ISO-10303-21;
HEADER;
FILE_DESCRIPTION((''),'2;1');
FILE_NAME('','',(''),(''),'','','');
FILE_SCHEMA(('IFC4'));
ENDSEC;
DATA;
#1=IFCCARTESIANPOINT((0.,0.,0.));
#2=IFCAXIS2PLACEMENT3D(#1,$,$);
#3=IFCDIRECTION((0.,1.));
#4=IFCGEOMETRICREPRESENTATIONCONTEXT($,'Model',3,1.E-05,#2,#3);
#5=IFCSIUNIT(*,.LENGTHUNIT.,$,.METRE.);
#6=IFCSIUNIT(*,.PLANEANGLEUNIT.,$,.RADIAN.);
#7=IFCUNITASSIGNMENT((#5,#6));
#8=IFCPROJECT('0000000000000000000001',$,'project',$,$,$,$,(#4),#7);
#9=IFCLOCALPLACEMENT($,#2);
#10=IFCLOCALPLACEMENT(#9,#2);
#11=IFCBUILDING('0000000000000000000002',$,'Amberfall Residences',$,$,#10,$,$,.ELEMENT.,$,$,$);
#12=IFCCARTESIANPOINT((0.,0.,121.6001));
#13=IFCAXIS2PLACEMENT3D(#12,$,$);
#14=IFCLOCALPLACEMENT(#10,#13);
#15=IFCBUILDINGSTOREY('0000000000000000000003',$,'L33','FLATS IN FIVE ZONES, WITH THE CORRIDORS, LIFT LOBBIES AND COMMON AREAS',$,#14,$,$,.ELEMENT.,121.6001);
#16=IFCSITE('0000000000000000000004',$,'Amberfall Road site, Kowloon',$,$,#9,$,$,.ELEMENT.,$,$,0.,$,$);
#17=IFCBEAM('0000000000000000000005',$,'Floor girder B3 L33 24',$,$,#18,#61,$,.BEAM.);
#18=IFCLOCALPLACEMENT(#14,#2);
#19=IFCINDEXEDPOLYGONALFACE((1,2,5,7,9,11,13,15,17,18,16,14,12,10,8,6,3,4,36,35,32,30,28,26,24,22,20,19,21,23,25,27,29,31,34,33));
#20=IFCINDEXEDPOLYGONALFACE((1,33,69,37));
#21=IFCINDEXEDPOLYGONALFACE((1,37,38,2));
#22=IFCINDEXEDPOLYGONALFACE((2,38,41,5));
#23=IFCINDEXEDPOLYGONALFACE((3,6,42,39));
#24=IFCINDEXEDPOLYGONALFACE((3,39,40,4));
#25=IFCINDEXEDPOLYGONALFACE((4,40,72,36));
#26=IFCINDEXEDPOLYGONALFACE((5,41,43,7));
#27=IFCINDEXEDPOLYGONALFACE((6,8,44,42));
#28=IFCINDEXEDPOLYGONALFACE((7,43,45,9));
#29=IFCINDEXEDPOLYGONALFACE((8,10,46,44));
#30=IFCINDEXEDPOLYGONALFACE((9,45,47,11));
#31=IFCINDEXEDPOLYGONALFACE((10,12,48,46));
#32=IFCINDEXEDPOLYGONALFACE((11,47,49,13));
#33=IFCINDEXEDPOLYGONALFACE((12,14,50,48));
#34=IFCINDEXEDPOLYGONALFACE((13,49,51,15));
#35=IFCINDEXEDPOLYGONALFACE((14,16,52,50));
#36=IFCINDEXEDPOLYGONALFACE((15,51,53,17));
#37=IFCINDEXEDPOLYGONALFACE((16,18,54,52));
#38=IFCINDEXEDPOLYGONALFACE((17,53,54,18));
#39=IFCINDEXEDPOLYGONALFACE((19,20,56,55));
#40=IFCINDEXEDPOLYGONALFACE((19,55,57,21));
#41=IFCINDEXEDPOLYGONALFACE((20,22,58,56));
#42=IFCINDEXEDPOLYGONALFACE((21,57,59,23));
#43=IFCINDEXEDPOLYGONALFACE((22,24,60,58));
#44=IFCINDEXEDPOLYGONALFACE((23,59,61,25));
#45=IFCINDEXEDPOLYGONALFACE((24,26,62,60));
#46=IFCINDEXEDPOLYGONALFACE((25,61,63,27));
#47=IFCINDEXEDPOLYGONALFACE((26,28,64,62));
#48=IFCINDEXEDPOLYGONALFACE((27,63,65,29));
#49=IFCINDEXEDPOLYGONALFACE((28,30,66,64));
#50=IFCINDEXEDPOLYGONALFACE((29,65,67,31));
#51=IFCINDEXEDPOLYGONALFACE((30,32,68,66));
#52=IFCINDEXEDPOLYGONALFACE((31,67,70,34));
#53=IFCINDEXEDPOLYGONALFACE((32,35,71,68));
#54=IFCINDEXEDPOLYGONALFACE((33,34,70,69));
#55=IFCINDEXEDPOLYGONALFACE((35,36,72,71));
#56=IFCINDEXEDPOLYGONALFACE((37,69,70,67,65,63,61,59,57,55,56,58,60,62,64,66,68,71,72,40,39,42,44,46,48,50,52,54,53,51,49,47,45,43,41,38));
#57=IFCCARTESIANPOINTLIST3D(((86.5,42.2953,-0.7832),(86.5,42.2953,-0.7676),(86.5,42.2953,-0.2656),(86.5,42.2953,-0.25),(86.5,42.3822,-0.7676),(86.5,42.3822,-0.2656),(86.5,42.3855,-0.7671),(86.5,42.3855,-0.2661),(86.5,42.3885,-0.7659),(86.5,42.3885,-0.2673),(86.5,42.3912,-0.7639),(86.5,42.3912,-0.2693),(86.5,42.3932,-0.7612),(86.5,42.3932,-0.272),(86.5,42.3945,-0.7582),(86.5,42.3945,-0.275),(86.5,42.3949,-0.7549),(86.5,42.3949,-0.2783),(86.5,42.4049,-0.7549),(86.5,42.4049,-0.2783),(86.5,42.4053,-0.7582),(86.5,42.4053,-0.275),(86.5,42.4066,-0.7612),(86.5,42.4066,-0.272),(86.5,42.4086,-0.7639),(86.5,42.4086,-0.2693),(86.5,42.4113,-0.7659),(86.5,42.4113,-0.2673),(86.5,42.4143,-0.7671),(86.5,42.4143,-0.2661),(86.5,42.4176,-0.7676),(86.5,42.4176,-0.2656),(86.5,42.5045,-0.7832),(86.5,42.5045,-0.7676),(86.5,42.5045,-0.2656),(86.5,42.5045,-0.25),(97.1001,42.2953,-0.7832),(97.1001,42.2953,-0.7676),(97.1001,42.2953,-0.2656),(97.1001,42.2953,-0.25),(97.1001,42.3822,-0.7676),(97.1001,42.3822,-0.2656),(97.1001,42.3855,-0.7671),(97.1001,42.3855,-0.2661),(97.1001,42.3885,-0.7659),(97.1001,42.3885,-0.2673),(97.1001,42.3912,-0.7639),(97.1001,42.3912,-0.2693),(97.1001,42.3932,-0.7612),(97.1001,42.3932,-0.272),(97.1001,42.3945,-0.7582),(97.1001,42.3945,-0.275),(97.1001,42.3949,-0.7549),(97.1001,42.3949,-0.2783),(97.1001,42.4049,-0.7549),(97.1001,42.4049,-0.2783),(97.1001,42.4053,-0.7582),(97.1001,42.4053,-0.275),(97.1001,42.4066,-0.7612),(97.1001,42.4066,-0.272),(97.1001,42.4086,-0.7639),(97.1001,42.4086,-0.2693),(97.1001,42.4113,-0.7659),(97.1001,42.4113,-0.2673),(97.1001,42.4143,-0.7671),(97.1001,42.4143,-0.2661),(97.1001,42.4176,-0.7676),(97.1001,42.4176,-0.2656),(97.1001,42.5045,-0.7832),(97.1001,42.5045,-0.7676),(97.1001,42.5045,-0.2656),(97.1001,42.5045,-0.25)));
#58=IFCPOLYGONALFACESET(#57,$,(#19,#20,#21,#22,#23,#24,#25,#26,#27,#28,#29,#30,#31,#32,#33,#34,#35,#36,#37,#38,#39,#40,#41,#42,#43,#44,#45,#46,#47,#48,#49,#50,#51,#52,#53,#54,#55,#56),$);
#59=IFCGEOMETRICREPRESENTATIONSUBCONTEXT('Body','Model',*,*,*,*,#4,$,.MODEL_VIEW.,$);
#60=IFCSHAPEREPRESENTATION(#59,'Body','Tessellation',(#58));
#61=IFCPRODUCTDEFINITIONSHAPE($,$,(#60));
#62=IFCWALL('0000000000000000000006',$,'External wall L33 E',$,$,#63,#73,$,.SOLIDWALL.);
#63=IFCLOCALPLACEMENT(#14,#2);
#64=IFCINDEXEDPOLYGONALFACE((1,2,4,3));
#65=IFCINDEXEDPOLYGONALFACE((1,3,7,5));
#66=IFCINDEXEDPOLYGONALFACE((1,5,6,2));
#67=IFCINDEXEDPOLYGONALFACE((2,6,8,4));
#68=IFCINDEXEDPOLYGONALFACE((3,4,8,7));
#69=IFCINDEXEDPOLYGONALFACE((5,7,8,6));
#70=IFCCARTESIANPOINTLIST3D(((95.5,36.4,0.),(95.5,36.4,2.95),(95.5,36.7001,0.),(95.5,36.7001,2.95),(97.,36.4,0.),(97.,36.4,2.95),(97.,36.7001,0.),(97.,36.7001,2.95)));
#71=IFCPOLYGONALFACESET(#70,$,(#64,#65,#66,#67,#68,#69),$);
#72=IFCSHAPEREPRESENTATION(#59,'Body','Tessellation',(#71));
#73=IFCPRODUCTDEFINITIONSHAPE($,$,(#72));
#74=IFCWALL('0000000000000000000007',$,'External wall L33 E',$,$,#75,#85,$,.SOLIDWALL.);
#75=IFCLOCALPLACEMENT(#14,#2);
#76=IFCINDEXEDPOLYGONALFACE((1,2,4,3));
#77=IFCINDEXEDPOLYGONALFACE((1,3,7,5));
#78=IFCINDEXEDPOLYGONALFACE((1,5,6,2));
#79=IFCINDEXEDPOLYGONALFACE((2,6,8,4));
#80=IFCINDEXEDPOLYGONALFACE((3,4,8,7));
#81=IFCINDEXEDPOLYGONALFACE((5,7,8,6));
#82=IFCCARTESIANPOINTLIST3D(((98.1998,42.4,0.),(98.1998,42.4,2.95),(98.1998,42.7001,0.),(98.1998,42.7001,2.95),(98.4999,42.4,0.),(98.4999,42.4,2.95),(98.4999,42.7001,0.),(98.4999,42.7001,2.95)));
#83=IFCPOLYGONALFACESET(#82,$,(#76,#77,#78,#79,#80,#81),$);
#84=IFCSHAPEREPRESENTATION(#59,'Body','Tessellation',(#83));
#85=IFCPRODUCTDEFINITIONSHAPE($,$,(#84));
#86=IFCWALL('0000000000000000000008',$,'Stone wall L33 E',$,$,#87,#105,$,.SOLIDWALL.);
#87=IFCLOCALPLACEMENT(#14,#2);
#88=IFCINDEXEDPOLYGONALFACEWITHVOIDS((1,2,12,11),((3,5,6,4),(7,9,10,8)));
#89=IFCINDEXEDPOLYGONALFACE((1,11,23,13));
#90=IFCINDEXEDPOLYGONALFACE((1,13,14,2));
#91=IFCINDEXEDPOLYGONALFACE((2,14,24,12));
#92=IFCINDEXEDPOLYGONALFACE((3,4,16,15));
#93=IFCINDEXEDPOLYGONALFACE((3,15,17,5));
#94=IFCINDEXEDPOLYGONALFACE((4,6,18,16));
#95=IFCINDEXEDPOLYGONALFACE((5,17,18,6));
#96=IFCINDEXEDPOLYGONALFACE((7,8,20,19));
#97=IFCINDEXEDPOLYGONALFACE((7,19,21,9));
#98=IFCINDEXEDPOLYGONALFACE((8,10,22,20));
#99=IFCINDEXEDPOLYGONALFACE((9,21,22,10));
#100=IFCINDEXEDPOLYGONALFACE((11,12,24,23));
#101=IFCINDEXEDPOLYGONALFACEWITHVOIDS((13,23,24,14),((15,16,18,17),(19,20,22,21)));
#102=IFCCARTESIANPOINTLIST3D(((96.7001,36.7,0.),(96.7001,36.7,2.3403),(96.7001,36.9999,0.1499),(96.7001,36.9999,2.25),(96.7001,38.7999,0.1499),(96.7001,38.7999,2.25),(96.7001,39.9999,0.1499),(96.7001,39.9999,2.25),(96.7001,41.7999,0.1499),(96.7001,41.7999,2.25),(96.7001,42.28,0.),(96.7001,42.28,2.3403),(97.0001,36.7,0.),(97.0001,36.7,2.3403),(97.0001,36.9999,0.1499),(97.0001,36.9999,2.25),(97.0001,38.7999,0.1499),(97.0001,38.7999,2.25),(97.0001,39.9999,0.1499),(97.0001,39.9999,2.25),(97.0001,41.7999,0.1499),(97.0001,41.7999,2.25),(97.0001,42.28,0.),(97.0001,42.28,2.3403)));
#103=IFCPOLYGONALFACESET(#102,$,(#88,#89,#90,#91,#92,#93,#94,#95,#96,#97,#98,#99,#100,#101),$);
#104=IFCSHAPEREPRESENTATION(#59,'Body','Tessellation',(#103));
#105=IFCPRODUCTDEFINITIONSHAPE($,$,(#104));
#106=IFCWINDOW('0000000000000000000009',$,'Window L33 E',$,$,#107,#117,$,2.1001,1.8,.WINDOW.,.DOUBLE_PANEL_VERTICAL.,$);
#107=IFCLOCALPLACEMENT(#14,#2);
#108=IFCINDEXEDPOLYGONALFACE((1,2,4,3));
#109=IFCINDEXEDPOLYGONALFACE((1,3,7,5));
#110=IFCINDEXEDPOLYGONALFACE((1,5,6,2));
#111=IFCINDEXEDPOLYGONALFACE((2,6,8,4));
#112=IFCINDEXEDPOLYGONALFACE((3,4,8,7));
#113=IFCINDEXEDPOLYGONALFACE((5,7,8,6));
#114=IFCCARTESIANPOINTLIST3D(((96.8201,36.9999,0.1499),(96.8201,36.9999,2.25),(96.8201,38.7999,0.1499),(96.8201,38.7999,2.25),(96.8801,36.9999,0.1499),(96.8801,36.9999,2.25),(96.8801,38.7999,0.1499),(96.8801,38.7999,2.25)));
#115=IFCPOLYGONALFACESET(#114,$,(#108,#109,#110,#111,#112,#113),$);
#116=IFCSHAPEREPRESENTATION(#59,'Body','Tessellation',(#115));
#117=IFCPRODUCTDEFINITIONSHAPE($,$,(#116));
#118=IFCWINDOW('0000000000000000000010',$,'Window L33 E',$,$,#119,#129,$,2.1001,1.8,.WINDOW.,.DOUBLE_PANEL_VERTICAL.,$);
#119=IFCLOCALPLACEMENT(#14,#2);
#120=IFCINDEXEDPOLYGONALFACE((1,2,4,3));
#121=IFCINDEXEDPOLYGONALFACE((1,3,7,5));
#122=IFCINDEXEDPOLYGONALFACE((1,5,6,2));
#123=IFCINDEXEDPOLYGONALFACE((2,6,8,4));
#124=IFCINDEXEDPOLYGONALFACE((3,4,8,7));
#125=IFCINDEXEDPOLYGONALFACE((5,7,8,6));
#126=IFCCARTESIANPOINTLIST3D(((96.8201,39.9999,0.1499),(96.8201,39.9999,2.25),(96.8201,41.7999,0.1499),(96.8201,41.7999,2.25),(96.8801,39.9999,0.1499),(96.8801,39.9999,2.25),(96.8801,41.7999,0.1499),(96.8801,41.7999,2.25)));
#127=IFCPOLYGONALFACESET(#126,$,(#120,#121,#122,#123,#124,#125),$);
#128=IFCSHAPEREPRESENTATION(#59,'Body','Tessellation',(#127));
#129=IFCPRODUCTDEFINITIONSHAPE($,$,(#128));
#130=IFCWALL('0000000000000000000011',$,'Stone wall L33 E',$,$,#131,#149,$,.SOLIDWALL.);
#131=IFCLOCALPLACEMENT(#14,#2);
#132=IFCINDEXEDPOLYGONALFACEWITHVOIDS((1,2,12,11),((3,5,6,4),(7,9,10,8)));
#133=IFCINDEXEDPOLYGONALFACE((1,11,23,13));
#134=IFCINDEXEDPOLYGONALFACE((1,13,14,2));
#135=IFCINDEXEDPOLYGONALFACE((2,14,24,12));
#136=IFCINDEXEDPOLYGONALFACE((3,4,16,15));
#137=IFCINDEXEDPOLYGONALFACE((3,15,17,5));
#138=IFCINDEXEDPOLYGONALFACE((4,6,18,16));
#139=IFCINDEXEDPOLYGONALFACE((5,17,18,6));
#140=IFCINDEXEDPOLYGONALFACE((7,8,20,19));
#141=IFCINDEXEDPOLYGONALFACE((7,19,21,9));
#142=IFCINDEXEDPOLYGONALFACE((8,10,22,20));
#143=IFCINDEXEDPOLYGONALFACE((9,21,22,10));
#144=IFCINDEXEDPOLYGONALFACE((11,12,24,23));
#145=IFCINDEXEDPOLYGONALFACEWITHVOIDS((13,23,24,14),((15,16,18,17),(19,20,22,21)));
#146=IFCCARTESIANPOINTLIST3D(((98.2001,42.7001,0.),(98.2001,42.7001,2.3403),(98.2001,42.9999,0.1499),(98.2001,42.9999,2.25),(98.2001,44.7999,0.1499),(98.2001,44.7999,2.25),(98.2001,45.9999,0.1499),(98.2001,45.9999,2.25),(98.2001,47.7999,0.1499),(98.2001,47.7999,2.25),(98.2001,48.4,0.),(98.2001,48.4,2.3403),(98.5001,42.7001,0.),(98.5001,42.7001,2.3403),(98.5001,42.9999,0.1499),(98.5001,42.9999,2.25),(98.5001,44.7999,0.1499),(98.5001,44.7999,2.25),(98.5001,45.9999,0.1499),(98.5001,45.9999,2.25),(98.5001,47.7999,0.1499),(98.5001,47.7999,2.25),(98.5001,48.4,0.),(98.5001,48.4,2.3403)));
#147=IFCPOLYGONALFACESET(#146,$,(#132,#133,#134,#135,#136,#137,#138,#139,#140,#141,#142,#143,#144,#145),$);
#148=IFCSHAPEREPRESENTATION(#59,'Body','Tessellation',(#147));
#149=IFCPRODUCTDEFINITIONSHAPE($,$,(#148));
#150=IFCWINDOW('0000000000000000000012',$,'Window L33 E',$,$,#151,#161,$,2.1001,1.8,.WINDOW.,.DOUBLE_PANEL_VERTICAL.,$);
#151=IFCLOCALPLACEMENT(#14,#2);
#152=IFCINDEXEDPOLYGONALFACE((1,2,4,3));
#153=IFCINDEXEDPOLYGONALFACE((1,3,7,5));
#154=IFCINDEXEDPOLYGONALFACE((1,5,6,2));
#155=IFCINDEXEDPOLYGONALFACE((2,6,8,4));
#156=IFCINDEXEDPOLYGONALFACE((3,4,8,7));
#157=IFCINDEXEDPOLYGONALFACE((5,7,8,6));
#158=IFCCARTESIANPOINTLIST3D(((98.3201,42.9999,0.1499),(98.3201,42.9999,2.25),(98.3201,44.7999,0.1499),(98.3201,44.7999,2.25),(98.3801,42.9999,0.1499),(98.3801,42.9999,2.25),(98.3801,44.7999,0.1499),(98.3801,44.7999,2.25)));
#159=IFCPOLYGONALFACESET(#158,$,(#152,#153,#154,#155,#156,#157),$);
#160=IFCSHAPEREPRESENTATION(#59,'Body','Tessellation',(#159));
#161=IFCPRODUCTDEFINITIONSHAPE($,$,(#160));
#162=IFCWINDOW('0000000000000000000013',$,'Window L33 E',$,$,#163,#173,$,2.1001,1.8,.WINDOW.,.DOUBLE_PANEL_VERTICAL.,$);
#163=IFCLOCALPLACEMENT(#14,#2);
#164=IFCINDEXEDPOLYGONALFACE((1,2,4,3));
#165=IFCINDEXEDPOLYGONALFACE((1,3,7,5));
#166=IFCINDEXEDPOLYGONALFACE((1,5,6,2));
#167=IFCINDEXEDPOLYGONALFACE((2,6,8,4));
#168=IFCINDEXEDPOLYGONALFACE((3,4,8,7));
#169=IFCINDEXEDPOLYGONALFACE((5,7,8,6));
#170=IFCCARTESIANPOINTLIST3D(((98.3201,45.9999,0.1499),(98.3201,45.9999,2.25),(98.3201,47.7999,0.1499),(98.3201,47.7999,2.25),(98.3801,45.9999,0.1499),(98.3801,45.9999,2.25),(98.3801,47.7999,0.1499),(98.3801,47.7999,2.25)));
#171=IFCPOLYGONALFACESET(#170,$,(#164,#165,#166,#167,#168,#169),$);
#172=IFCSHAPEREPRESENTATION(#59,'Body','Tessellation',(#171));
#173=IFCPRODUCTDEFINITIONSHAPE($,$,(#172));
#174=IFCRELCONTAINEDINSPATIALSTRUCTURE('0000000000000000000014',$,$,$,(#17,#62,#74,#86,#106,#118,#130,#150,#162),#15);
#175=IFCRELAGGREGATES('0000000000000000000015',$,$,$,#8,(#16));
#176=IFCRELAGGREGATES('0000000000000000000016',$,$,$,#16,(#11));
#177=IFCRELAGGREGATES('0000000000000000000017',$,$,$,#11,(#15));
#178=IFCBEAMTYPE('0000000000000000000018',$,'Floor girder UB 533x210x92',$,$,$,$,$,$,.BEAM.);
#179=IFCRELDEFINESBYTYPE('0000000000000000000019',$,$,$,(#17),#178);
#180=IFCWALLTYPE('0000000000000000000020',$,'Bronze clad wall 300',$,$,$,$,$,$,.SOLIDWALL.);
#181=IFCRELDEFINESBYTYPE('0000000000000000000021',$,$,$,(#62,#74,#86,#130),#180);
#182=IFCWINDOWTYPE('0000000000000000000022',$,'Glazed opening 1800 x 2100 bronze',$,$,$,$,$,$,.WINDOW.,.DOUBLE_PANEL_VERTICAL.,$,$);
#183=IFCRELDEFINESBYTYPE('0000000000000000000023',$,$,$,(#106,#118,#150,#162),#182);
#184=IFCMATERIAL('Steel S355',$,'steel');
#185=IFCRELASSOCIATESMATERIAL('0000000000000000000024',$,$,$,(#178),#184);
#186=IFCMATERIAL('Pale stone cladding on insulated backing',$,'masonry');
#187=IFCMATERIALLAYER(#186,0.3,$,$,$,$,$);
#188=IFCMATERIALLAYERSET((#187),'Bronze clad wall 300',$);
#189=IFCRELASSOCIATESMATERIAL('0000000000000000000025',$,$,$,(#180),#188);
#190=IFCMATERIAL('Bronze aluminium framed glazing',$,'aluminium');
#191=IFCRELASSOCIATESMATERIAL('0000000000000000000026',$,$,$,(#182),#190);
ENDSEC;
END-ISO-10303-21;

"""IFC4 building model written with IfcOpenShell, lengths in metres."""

from ifc_helpers import new_model, si_unit, direction, frame, frame_2d, origin, origin_2d, place, context, subcontext, project, spatial, rectangle, i_section, extrude, material, layer, layer_set, material_profile, profile_set, type_object, element, fill, save


model = new_model("IFC4")

# Units and contexts
model_context = context("Model", 3, precision=1e-05, world=origin(), true_north=direction((0.0, 1.0)))
body_context = subcontext(model_context, "Body", "Model", "MODEL_VIEW")
ifc_project = project(units=[si_unit("LENGTHUNIT", "METRE"), si_unit("PLANEANGLEUNIT", "RADIAN")], contexts=[model_context])

# Site, building, storey
site_placement = place(None, origin())
site = spatial("IfcSite", under=ifc_project, at=site_placement, Name="Amberfall Road site, Kowloon", CompositionType="ELEMENT", RefElevation=0.0)
building_placement = place(site_placement, origin())
building = spatial("IfcBuilding", under=site, at=building_placement, Name="Amberfall Residences", CompositionType="ELEMENT")
storey_placement = place(building_placement, frame((0.0, 0.0, 121.6001)))
storey = spatial("IfcBuildingStorey", under=building, at=storey_placement, Name="L33", Description="FLATS IN FIVE ZONES, WITH THE CORRIDORS, LIFT LOBBIES AND COMMON AREAS", CompositionType="ELEMENT", Elevation=121.6001)

# Beam
ifc_material_1 = material(Name="Steel S355", Category="steel")
ifc_material_profile_1 = material_profile(ifc_material_1, i_section(OverallWidth=0.2092, OverallDepth=0.5332, WebThickness=0.01, FlangeThickness=0.0156, FilletRadius=0.0127, at=origin_2d()), Name="UB 533x210x92")
ifc_profile_set_1 = profile_set([ifc_material_profile_1], Name="Steel S355")
beam_type_1 = type_object("IfcBeamType", Name="Floor girder UB 533x210x92", PredefinedType="BEAM", material=ifc_profile_set_1)
beam_1_placement = place(storey_placement, frame((97.1001, 42.3999, -0.5166), z_axis=(-1.0, 0.0, 0.0), x_axis=(0.0, -1.0, 0.0)))
element("IfcBeam", 1, at=beam_1_placement, inside=storey, type_object=beam_type_1, Name="Floor girder B3 L33 24", PredefinedType="BEAM", context=body_context, shape_type="SweptSolid", body=[
    extrude(i_section(OverallWidth=0.2092, OverallDepth=0.5332, WebThickness=0.01, FlangeThickness=0.0156, FilletRadius=0.0127, at=origin_2d()), origin(), (0.0, 0.0, 1.0), 10.6001),
])

# Walls
ifc_material_2 = material(Name="Pale stone cladding on insulated backing", Category="masonry")
ifc_layer_1 = layer(ifc_material_2, 0.3)
ifc_layer_set_1 = layer_set([ifc_layer_1], Name="Bronze clad wall 300")
wall_type_1 = type_object("IfcWallType", Name="Bronze clad wall 300", PredefinedType="SOLIDWALL", material=ifc_layer_set_1)
wall_1_placement = place(storey_placement, frame((95.5, 36.55, 0.0), z_axis=(0.0, 0.0, 1.0), x_axis=(1.0, 0.0, 0.0)))
element("IfcWall", 2, at=wall_1_placement, inside=storey, type_object=wall_type_1, Name="External wall L33 E", PredefinedType="SOLIDWALL", context=body_context, shape_type="SweptSolid", body=[
    extrude(rectangle(XDim=1.5, YDim=0.3, at=frame_2d((0.75, 0.0))), origin(), (0.0, 0.0, 1.0), 2.95),
])
wall_2_placement = place(storey_placement, frame((98.2, 42.55, 0.0), z_axis=(0.0, 0.0, 1.0), x_axis=(1.0, 0.0, 0.0)))
element("IfcWall", 3, at=wall_2_placement, inside=storey, type_object=wall_type_1, Name="External wall L33 E", PredefinedType="SOLIDWALL", context=body_context, shape_type="SweptSolid", body=[
    extrude(rectangle(XDim=0.3, YDim=0.3, at=frame_2d((0.1499, 0.0))), origin(), (0.0, 0.0, 1.0), 2.95),
])

# Walls, openings, windows
wall_3_placement = place(storey_placement, frame((96.8501, 36.7, 0.0), z_axis=(0.0, 0.0, 1.0), x_axis=(0.0, 1.0, 0.0)))
wall_3 = element("IfcWall", 4, at=wall_3_placement, inside=storey, type_object=wall_type_1, Name="Stone wall L33 E", PredefinedType="SOLIDWALL", context=body_context, shape_type="SweptSolid", body=[
    extrude(rectangle(XDim=5.5801, YDim=0.3, at=frame_2d((2.79, 0.0))), origin(), (0.0, 0.0, 1.0), 2.3403),
])
opening_1_placement = place(wall_3_placement, frame((0.3, 0.0, 0.1499)))
opening_1 = element("IfcOpeningElement", 5, at=opening_1_placement, cuts=wall_3, PredefinedType="OPENING", context=body_context, shape_type="SweptSolid", body=[
    extrude(rectangle(XDim=1.8, YDim=2.1001, at=frame_2d((0.8999, 1.05))), frame((0.0, 0.1599, 0.0), z_axis=(0.0, -1.0, 0.0), x_axis=(1.0, 0.0, 0.0)), (0.0, 0.0, 1.0), 0.3201),
])
opening_2_placement = place(wall_3_placement, frame((3.3, 0.0, 0.1499)))
opening_2 = element("IfcOpeningElement", 6, at=opening_2_placement, cuts=wall_3, PredefinedType="OPENING", context=body_context, shape_type="SweptSolid", body=[
    extrude(rectangle(XDim=1.8, YDim=2.1001, at=frame_2d((0.8999, 1.05))), frame((0.0, 0.1599, 0.0), z_axis=(0.0, -1.0, 0.0), x_axis=(1.0, 0.0, 0.0)), (0.0, 0.0, 1.0), 0.3201),
])
ifc_material_3 = material(Name="Bronze aluminium framed glazing", Category="aluminium")
window_type = type_object("IfcWindowType", Name="Glazed opening 1800 x 2100 bronze", PartitioningType="DOUBLE_PANEL_VERTICAL", PredefinedType="WINDOW", material=ifc_material_3)
window_1_placement = place(opening_1_placement, origin())
window_1 = element("IfcWindow", 7, at=window_1_placement, inside=storey, type_object=window_type, Name="Window L33 E", OverallHeight=2.1001, OverallWidth=1.8, PartitioningType="DOUBLE_PANEL_VERTICAL", PredefinedType="WINDOW", context=body_context, shape_type="SweptSolid", body=[
    extrude(rectangle(XDim=1.8, YDim=2.1001, at=frame_2d((0.8999, 1.05))), frame((0.0, 0.03, 0.0), z_axis=(0.0, -1.0, 0.0), x_axis=(1.0, 0.0, 0.0)), (0.0, 0.0, 1.0), 0.0601),
])
fill(opening_1, window_1)
window_2_placement = place(opening_2_placement, origin())
window_2 = element("IfcWindow", 8, at=window_2_placement, inside=storey, type_object=window_type, Name="Window L33 E", OverallHeight=2.1001, OverallWidth=1.8, PartitioningType="DOUBLE_PANEL_VERTICAL", PredefinedType="WINDOW", context=body_context, shape_type="SweptSolid", body=[
    extrude(rectangle(XDim=1.8, YDim=2.1001, at=frame_2d((0.8999, 1.05))), frame((0.0, 0.03, 0.0), z_axis=(0.0, -1.0, 0.0), x_axis=(1.0, 0.0, 0.0)), (0.0, 0.0, 1.0), 0.0601),
])
fill(opening_2, window_2)
wall_4_placement = place(storey_placement, frame((98.3501, 42.7, 0.0), z_axis=(0.0, 0.0, 1.0), x_axis=(0.0, 1.0, 0.0)))
wall_4 = element("IfcWall", 9, at=wall_4_placement, inside=storey, type_object=wall_type_1, Name="Stone wall L33 E", PredefinedType="SOLIDWALL", context=body_context, shape_type="SweptSolid", body=[
    extrude(rectangle(XDim=5.7, YDim=0.3, at=frame_2d((2.8501, 0.0))), origin(), (0.0, 0.0, 1.0), 2.3403),
])
opening_3_placement = place(wall_4_placement, frame((0.3, 0.0, 0.1499)))
opening_3 = element("IfcOpeningElement", 10, at=opening_3_placement, cuts=wall_4, PredefinedType="OPENING", context=body_context, shape_type="SweptSolid", body=[
    extrude(rectangle(XDim=1.8, YDim=2.1001, at=frame_2d((0.8999, 1.05))), frame((0.0, 0.1599, 0.0), z_axis=(0.0, -1.0, 0.0), x_axis=(1.0, 0.0, 0.0)), (0.0, 0.0, 1.0), 0.3201),
])
opening_4_placement = place(wall_4_placement, frame((3.3, 0.0, 0.1499)))
opening_4 = element("IfcOpeningElement", 11, at=opening_4_placement, cuts=wall_4, PredefinedType="OPENING", context=body_context, shape_type="SweptSolid", body=[
    extrude(rectangle(XDim=1.8, YDim=2.1001, at=frame_2d((0.8999, 1.05))), frame((0.0, 0.1599, 0.0), z_axis=(0.0, -1.0, 0.0), x_axis=(1.0, 0.0, 0.0)), (0.0, 0.0, 1.0), 0.3201),
])
window_3_placement = place(opening_3_placement, origin())
window_3 = element("IfcWindow", 12, at=window_3_placement, inside=storey, type_object=window_type, Name="Window L33 E", OverallHeight=2.1001, OverallWidth=1.8, PartitioningType="DOUBLE_PANEL_VERTICAL", PredefinedType="WINDOW", context=body_context, shape_type="SweptSolid", body=[
    extrude(rectangle(XDim=1.8, YDim=2.1001, at=frame_2d((0.8999, 1.05))), frame((0.0, 0.03, 0.0), z_axis=(0.0, -1.0, 0.0), x_axis=(1.0, 0.0, 0.0)), (0.0, 0.0, 1.0), 0.0601),
])
fill(opening_3, window_3)
window_4_placement = place(opening_4_placement, origin())
window_4 = element("IfcWindow", 13, at=window_4_placement, inside=storey, type_object=window_type, Name="Window L33 E", OverallHeight=2.1001, OverallWidth=1.8, PartitioningType="DOUBLE_PANEL_VERTICAL", PredefinedType="WINDOW", context=body_context, shape_type="SweptSolid", body=[
    extrude(rectangle(XDim=1.8, YDim=2.1001, at=frame_2d((0.8999, 1.05))), frame((0.0, 0.03, 0.0), z_axis=(0.0, -1.0, 0.0), x_axis=(1.0, 0.0, 0.0)), (0.0, 0.0, 1.0), 0.0601),
])
fill(opening_4, window_4)

save(model, "model.ifc")
